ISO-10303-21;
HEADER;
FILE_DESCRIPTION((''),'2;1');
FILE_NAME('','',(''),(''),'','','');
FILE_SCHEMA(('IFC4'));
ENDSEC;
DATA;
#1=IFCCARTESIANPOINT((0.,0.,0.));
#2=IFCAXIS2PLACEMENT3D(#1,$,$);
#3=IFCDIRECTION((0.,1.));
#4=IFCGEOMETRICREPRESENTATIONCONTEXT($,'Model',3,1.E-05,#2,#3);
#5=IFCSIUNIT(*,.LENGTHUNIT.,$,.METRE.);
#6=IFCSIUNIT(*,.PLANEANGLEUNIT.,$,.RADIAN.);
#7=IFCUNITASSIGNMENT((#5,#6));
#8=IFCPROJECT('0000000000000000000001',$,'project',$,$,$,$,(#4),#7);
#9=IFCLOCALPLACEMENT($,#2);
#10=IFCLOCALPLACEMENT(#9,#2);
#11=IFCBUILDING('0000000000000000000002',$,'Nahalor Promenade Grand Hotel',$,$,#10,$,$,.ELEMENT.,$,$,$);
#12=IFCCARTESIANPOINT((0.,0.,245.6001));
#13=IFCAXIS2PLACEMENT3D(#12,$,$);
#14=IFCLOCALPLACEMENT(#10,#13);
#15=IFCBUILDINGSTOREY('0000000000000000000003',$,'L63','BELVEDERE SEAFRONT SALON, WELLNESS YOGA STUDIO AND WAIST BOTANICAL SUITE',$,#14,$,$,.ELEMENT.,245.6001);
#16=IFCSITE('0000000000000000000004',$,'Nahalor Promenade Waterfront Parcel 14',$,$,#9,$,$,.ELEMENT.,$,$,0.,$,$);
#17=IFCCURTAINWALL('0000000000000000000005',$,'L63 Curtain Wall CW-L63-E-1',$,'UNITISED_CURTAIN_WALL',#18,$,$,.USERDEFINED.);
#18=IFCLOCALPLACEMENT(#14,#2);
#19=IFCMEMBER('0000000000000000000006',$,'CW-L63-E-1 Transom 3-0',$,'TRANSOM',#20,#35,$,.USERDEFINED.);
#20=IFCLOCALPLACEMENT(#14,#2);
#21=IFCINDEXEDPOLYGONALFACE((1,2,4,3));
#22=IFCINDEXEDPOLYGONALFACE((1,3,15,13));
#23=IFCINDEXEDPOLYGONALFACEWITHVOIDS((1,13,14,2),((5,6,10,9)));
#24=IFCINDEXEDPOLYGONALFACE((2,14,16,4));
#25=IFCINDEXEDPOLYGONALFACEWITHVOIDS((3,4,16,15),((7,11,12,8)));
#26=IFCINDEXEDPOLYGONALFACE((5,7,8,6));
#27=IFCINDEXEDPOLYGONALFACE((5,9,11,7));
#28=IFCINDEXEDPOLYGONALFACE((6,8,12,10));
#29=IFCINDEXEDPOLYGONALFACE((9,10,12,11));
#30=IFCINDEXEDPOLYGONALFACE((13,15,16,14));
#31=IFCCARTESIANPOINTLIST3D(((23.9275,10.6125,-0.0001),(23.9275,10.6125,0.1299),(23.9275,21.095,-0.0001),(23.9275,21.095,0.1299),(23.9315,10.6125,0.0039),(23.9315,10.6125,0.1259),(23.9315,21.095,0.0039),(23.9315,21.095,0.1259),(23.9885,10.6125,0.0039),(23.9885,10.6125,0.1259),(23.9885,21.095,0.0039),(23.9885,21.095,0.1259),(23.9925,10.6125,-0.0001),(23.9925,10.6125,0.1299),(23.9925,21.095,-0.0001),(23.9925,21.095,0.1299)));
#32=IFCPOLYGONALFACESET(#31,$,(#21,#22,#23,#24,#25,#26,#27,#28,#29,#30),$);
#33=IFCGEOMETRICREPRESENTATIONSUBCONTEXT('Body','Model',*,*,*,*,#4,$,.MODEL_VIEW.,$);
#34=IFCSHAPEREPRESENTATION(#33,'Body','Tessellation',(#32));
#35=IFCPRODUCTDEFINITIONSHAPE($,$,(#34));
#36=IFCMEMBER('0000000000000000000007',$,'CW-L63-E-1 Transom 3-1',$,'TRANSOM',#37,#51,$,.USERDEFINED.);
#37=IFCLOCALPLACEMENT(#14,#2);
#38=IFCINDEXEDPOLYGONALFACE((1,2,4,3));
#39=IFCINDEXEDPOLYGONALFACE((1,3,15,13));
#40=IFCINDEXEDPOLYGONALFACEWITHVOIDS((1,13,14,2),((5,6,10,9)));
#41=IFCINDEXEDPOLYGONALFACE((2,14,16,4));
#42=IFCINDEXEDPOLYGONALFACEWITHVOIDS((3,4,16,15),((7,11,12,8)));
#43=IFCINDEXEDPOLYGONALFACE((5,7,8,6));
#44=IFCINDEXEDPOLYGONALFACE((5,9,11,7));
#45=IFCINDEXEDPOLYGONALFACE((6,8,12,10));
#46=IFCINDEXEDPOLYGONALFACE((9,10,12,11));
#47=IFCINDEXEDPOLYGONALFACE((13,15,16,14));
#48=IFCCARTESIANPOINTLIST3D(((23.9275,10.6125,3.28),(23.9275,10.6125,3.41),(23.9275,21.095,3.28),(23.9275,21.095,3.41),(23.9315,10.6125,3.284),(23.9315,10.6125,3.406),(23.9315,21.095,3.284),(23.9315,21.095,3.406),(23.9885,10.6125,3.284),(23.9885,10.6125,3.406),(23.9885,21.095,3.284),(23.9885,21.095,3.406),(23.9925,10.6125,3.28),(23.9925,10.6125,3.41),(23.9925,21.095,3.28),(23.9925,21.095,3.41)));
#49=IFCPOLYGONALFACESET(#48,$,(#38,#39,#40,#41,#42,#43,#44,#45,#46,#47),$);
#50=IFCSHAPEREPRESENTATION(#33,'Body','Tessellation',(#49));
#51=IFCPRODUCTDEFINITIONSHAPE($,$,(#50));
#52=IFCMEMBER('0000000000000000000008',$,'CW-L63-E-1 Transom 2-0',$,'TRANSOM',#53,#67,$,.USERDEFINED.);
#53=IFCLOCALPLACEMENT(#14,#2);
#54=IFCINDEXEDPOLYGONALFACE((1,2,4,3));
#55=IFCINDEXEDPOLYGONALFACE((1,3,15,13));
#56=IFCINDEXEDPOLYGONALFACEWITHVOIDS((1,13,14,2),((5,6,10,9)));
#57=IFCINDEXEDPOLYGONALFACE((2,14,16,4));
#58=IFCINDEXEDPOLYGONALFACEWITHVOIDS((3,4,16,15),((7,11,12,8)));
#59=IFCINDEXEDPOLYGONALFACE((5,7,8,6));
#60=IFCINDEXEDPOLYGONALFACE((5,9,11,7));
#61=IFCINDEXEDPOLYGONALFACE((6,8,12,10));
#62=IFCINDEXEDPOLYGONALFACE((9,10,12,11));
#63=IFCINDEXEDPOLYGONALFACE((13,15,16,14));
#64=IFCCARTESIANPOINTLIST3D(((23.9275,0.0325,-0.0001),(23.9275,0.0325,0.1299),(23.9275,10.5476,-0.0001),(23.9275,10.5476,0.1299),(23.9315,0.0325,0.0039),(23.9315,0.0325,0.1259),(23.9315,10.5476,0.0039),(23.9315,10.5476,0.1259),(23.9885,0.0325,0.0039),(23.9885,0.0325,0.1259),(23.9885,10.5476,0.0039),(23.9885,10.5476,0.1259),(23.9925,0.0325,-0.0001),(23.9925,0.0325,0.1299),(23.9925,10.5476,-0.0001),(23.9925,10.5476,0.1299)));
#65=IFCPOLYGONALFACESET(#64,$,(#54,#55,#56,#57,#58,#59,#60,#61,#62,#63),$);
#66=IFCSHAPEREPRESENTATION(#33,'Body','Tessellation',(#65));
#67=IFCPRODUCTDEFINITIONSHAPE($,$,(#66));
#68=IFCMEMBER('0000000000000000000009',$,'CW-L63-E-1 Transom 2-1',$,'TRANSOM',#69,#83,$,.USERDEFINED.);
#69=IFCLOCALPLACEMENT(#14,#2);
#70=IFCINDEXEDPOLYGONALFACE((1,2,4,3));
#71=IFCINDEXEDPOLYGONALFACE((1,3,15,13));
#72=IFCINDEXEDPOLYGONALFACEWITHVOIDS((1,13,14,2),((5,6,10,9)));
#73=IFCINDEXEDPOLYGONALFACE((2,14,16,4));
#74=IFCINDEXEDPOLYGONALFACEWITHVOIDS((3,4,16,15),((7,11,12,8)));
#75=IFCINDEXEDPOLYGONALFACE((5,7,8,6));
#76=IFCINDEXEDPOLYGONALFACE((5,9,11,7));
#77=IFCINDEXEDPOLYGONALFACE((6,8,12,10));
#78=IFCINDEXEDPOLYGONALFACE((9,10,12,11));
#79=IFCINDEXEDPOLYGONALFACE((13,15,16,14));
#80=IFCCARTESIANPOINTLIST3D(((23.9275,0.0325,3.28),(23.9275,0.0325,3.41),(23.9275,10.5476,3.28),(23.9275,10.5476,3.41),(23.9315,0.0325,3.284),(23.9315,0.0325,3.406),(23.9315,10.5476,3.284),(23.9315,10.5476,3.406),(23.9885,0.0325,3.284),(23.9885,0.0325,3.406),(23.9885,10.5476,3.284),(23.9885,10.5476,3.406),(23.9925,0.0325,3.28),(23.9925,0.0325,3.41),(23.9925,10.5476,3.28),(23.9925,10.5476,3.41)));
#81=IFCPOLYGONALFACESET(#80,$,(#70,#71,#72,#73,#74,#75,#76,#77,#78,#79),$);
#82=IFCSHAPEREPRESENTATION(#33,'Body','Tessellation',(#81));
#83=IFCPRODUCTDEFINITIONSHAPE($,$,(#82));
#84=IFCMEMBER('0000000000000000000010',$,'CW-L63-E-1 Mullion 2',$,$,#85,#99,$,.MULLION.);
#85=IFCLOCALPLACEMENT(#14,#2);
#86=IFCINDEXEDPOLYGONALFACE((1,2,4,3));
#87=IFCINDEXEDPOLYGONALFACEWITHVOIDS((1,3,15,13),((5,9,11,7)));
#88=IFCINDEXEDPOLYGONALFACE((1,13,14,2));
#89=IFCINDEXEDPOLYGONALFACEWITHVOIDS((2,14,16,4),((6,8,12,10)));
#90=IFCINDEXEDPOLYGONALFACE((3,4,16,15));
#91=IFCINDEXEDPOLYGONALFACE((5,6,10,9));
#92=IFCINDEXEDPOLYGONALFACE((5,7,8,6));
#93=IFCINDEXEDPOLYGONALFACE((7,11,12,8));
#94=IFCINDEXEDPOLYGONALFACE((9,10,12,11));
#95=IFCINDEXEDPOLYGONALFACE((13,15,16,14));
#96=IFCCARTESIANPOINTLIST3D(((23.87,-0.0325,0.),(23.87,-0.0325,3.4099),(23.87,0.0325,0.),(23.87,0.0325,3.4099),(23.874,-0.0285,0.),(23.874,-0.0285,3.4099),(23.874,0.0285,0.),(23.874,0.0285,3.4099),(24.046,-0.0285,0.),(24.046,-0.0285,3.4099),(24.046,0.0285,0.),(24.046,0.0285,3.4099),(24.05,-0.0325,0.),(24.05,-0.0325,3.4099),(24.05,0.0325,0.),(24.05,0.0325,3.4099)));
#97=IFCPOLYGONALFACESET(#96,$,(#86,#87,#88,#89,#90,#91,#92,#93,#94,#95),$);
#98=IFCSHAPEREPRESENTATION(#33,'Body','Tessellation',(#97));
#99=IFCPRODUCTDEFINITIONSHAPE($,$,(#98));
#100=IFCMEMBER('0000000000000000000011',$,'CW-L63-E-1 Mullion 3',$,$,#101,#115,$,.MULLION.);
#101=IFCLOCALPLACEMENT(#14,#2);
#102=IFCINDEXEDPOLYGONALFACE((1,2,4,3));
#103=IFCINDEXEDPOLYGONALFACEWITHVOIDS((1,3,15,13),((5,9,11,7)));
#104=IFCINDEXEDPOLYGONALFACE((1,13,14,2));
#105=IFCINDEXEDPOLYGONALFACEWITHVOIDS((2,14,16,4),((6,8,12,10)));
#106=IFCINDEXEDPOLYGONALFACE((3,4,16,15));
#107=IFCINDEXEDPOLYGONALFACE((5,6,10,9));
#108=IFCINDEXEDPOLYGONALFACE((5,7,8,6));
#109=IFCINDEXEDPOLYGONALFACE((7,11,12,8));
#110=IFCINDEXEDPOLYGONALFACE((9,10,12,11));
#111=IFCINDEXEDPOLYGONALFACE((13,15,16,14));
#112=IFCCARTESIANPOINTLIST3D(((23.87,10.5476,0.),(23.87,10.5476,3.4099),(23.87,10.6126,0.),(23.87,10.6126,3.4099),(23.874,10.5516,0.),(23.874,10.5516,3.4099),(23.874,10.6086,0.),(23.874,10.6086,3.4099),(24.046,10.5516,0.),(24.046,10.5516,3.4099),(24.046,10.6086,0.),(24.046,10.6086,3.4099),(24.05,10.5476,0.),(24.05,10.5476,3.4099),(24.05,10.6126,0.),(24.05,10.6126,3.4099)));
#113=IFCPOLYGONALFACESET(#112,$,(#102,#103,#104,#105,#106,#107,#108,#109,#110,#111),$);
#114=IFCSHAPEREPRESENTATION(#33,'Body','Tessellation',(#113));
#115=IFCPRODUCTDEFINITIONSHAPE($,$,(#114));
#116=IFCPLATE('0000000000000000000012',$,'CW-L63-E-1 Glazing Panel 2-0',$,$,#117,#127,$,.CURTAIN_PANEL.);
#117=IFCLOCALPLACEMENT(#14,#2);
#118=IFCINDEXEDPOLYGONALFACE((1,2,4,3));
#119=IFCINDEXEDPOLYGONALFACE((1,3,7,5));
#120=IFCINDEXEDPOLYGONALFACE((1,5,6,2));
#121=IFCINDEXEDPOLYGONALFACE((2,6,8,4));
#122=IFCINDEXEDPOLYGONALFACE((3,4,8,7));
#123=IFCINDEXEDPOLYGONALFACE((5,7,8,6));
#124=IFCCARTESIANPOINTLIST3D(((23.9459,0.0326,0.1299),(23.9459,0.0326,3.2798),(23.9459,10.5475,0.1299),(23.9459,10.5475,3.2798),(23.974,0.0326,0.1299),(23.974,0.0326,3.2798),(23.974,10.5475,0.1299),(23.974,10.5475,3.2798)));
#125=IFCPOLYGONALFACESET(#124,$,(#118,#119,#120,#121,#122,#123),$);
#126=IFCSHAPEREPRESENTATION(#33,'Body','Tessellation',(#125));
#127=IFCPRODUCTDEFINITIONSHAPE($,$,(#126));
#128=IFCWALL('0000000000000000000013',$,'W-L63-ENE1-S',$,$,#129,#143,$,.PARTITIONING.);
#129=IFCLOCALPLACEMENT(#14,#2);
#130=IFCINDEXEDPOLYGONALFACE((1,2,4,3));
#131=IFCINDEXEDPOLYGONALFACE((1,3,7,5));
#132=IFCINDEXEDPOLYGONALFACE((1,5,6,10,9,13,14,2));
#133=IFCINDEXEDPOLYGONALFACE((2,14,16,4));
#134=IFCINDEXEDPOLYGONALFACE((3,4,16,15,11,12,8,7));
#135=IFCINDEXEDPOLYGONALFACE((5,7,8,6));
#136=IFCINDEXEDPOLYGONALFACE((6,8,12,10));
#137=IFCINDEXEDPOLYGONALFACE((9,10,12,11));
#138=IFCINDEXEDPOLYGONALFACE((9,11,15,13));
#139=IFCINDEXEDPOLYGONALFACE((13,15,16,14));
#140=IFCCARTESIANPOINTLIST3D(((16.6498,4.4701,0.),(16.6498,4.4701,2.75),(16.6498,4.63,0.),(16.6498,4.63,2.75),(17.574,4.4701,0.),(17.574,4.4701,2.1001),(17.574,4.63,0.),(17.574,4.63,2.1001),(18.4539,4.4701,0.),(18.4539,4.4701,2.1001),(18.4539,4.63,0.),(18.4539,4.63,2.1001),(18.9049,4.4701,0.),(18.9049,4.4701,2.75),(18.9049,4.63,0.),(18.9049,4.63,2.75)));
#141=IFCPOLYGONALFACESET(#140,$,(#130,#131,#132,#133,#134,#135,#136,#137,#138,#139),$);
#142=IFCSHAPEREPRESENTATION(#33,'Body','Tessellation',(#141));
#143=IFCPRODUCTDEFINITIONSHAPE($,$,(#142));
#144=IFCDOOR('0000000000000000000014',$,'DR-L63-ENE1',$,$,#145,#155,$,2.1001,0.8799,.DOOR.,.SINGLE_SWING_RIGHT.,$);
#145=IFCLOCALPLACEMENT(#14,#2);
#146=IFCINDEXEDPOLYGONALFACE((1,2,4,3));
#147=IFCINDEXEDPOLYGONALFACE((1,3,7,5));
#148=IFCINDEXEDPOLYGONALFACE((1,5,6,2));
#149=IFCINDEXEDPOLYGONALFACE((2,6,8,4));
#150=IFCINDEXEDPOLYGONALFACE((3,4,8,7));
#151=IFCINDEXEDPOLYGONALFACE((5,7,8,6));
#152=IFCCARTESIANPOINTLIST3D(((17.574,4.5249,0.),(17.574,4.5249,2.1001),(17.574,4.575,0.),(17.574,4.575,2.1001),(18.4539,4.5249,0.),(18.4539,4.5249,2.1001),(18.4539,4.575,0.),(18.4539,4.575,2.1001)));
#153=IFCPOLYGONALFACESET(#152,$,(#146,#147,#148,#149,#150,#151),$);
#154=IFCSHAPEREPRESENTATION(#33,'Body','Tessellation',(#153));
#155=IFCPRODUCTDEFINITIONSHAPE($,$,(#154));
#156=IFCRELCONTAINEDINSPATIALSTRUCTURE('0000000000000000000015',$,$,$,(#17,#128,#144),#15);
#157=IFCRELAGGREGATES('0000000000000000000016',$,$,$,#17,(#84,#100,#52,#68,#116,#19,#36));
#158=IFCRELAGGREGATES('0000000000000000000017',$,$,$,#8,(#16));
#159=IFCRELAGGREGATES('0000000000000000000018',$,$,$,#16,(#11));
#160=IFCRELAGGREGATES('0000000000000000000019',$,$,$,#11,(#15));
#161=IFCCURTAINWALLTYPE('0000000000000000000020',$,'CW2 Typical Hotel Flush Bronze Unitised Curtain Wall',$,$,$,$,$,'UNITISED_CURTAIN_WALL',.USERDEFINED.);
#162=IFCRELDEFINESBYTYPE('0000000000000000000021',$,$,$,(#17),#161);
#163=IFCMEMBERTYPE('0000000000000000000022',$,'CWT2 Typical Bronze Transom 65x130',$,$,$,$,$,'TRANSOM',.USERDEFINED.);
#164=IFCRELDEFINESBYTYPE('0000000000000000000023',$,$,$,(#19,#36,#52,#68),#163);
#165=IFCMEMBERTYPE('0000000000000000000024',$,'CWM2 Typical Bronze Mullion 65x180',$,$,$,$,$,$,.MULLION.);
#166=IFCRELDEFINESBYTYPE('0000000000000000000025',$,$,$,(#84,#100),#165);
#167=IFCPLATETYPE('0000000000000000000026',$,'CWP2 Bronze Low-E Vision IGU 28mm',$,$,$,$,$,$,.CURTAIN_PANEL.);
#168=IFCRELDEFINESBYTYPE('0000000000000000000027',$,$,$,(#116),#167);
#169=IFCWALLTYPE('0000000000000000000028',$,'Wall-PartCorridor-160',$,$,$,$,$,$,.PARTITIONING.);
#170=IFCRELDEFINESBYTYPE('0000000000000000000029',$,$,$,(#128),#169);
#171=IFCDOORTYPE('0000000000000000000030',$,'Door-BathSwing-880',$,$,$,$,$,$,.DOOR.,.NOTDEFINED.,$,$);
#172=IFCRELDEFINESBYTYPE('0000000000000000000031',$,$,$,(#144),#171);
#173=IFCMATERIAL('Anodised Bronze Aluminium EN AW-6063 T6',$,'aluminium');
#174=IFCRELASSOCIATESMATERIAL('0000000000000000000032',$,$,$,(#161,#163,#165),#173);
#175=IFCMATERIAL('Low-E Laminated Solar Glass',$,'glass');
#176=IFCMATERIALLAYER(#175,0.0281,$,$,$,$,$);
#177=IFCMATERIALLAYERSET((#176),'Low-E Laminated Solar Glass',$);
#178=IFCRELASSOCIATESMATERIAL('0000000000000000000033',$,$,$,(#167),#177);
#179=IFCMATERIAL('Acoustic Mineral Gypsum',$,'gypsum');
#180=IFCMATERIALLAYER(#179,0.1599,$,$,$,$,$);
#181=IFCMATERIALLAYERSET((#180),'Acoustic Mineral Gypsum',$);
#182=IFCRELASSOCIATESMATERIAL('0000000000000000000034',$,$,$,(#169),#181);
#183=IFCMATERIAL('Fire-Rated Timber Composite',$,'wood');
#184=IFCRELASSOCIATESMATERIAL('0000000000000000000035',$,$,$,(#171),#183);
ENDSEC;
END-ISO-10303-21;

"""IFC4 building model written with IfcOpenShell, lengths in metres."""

from ifc_helpers import new_model, si_unit, direction, frame, frame_2d, origin, origin_2d, place, context, subcontext, project, spatial, rectangle, hollow_rectangle, extrude, source, transform, mapped, material, layer, layer_set, material_profile, profile_set, type_object, element, fill, aggregate, save


model = new_model("IFC4")

# Units and contexts
model_context = context("Model", 3, precision=1e-05, world=origin(), true_north=direction((0.0, 1.0)))
body_context = subcontext(model_context, "Body", "Model", "MODEL_VIEW")
ifc_project = project(units=[si_unit("LENGTHUNIT", "METRE"), si_unit("PLANEANGLEUNIT", "RADIAN")], contexts=[model_context])

# Site, building, storey
site_placement = place(None, origin())
site = spatial("IfcSite", under=ifc_project, at=site_placement, Name="Nahalor Promenade Waterfront Parcel 14", CompositionType="ELEMENT", RefElevation=0.0)
building_placement = place(site_placement, origin())
building = spatial("IfcBuilding", under=site, at=building_placement, Name="Nahalor Promenade Grand Hotel", CompositionType="ELEMENT")
storey_placement = place(building_placement, frame((0.0, 0.0, 245.6001)))
storey = spatial("IfcBuildingStorey", under=building, at=storey_placement, Name="L63", Description="BELVEDERE SEAFRONT SALON, WELLNESS YOGA STUDIO AND WAIST BOTANICAL SUITE", CompositionType="ELEMENT", Elevation=245.6001)

# Curtain wall, members, plate
ifc_material_1 = material(Name="Anodised Bronze Aluminium EN AW-6063 T6", Category="aluminium")
curtain_wall_type = type_object("IfcCurtainWallType", Name="CW2 Typical Hotel Flush Bronze Unitised Curtain Wall", ElementType="UNITISED_CURTAIN_WALL", PredefinedType="USERDEFINED", material=ifc_material_1)
curtain_wall_placement = place(storey_placement, origin())
curtain_wall = element("IfcCurtainWall", 1, at=curtain_wall_placement, inside=storey, type_object=curtain_wall_type, Name="L63 Curtain Wall CW-L63-E-1", ObjectType="UNITISED_CURTAIN_WALL", PredefinedType="USERDEFINED")
ifc_material_profile_1 = material_profile(ifc_material_1, hollow_rectangle(XDim=0.065, YDim=0.13, WallThickness=0.004, at=origin_2d()), Name="CWT 65x130x4")
ifc_profile_set_1 = profile_set([ifc_material_profile_1], Name="Anodised Bronze Aluminium EN AW-6063 T6")
member_type_1 = type_object("IfcMemberType", Name="CWT2 Typical Bronze Transom 65x130", ElementType="TRANSOM", PredefinedType="USERDEFINED", material=ifc_profile_set_1)
shared_shape_1 = source(origin(), body_context, "Body", "SweptSolid", [
    extrude(hollow_rectangle(XDim=0.065, YDim=0.13, WallThickness=0.004, at=origin_2d()), origin(), (0.0, 0.0, 1.0), 10.4824),
])
member_1_placement = place(storey_placement, frame((23.96, 10.6125, 0.0649), z_axis=(0.0, 1.0, 0.0), x_axis=(-1.0, 0.0, 0.0)))
member_1 = element("IfcMember", 2, at=member_1_placement, type_object=member_type_1, Name="CW-L63-E-1 Transom 3-0", ObjectType="TRANSOM", PredefinedType="USERDEFINED", context=body_context, shape_type="MappedRepresentation", body=[
    mapped(shared_shape_1, transform((0.0, 0.0, 0.0), scale=1.0)),
])
member_2_placement = place(storey_placement, frame((23.96, 10.6125, 3.345), z_axis=(0.0, 1.0, 0.0), x_axis=(-1.0, 0.0, 0.0)))
member_2 = element("IfcMember", 3, at=member_2_placement, type_object=member_type_1, Name="CW-L63-E-1 Transom 3-1", ObjectType="TRANSOM", PredefinedType="USERDEFINED", context=body_context, shape_type="MappedRepresentation", body=[
    mapped(shared_shape_1, transform((0.0, 0.0, 0.0), scale=1.0)),
])
shared_shape_2 = source(origin(), body_context, "Body", "SweptSolid", [
    extrude(hollow_rectangle(XDim=0.065, YDim=0.13, WallThickness=0.004, at=origin_2d()), origin(), (0.0, 0.0, 1.0), 10.5151),
])
member_3_placement = place(storey_placement, frame((23.96, 0.0325, 0.0649), z_axis=(0.0, 1.0, 0.0), x_axis=(-1.0, 0.0, 0.0)))
member_3 = element("IfcMember", 4, at=member_3_placement, type_object=member_type_1, Name="CW-L63-E-1 Transom 2-0", ObjectType="TRANSOM", PredefinedType="USERDEFINED", context=body_context, shape_type="MappedRepresentation", body=[
    mapped(shared_shape_2, transform((0.0, 0.0, 0.0), scale=1.0)),
])
member_4_placement = place(storey_placement, frame((23.96, 0.0325, 3.345), z_axis=(0.0, 1.0, 0.0), x_axis=(-1.0, 0.0, 0.0)))
member_4 = element("IfcMember", 5, at=member_4_placement, type_object=member_type_1, Name="CW-L63-E-1 Transom 2-1", ObjectType="TRANSOM", PredefinedType="USERDEFINED", context=body_context, shape_type="MappedRepresentation", body=[
    mapped(shared_shape_2, transform((0.0, 0.0, 0.0), scale=1.0)),
])
ifc_material_profile_2 = material_profile(ifc_material_1, hollow_rectangle(XDim=0.065, YDim=0.18, WallThickness=0.004, at=origin_2d()), Name="CWM 65x180x4")
ifc_profile_set_2 = profile_set([ifc_material_profile_2], Name="Anodised Bronze Aluminium EN AW-6063 T6")
member_type_2 = type_object("IfcMemberType", Name="CWM2 Typical Bronze Mullion 65x180", PredefinedType="MULLION", material=ifc_profile_set_2)
shared_shape_3 = source(origin(), body_context, "Body", "SweptSolid", [
    extrude(hollow_rectangle(XDim=0.065, YDim=0.18, WallThickness=0.004, at=origin_2d()), origin(), (0.0, 0.0, 1.0), 3.4099),
])
member_5_placement = place(storey_placement, frame((23.96, 0.0, 0.0), z_axis=(0.0, 0.0, 1.0), x_axis=(0.0, 1.0, 0.0)))
member_5 = element("IfcMember", 6, at=member_5_placement, type_object=member_type_2, Name="CW-L63-E-1 Mullion 2", PredefinedType="MULLION", context=body_context, shape_type="MappedRepresentation", body=[
    mapped(shared_shape_3, transform((0.0, 0.0, 0.0), scale=1.0)),
])
member_6_placement = place(storey_placement, frame((23.96, 10.5801, 0.0), z_axis=(0.0, 0.0, 1.0), x_axis=(0.0, 1.0, 0.0)))
member_6 = element("IfcMember", 7, at=member_6_placement, type_object=member_type_2, Name="CW-L63-E-1 Mullion 3", PredefinedType="MULLION", context=body_context, shape_type="MappedRepresentation", body=[
    mapped(shared_shape_3, transform((0.0, 0.0, 0.0), scale=1.0)),
])
ifc_material_2 = material(Name="Low-E Laminated Solar Glass", Category="glass")
ifc_layer_1 = layer(ifc_material_2, 0.0281)
ifc_layer_set_1 = layer_set([ifc_layer_1], Name="Low-E Laminated Solar Glass")
plate_type = type_object("IfcPlateType", Name="CWP2 Bronze Low-E Vision IGU 28mm", PredefinedType="CURTAIN_PANEL", material=ifc_layer_set_1)
shared_shape_4 = source(origin(), body_context, "Body", "SweptSolid", [
    extrude(rectangle(XDim=10.5149, YDim=0.0281, at=origin_2d()), origin(), (0.0, 0.0, 1.0), 3.1499),
])
plate_placement = place(storey_placement, frame((23.96, 5.29, 0.1299), z_axis=(0.0, 0.0, 1.0), x_axis=(0.0, 1.0, 0.0)))
plate = element("IfcPlate", 8, at=plate_placement, type_object=plate_type, Name="CW-L63-E-1 Glazing Panel 2-0", PredefinedType="CURTAIN_PANEL", context=body_context, shape_type="MappedRepresentation", body=[
    mapped(shared_shape_4, transform((0.0, 0.0, 0.0), scale=1.0)),
])
aggregate(curtain_wall, [member_5, member_6, member_3, member_4, plate, member_1, member_2])

# Wall, opening, door
ifc_material_3 = material(Name="Acoustic Mineral Gypsum", Category="gypsum")
ifc_layer_2 = layer(ifc_material_3, 0.1599)
ifc_layer_set_2 = layer_set([ifc_layer_2], Name="Acoustic Mineral Gypsum")
wall_type = type_object("IfcWallType", Name="Wall-PartCorridor-160", PredefinedType="PARTITIONING", material=ifc_layer_set_2)
shared_shape_5 = source(origin(), body_context, "Body", "SweptSolid", [
    extrude(rectangle(XDim=2.2551, YDim=0.1599, at=frame_2d((1.1274, 0.0))), origin(), (0.0, 0.0, 1.0), 2.75),
])
wall_1_placement = place(storey_placement, frame((16.6499, 4.55, 0.0), z_axis=(0.0, 0.0, 1.0), x_axis=(1.0, 0.0, 0.0)))
wall_1 = element("IfcWall", 9, at=wall_1_placement, inside=storey, type_object=wall_type, Name="W-L63-ENE1-S", PredefinedType="PARTITIONING", context=body_context, shape_type="MappedRepresentation", body=[
    mapped(shared_shape_5, transform((0.0, 0.0, 0.0), scale=1.0)),
])
opening_1_placement = place(wall_1_placement, frame((0.9241, 0.0, 0.0)))
opening_1 = element("IfcOpeningElement", 10, at=opening_1_placement, cuts=wall_1, PredefinedType="OPENING", context=body_context, shape_type="SweptSolid", body=[
    extrude(rectangle(XDim=0.8799, YDim=2.1001, at=frame_2d((0.4399, 1.05))), frame((0.0, 0.0898, 0.0), z_axis=(0.0, -1.0, 0.0), x_axis=(1.0, 0.0, 0.0)), (0.0, 0.0, 1.0), 0.1799),
])
ifc_material_4 = material(Name="Fire-Rated Timber Composite", Category="wood")
door_type = type_object("IfcDoorType", Name="Door-BathSwing-880", OperationType="NOTDEFINED", PredefinedType="DOOR", material=ifc_material_4)
shared_shape_6 = source(origin(), body_context, "Body", "SweptSolid", [
    extrude(rectangle(XDim=0.8799, YDim=2.1001, at=frame_2d((0.4399, 1.05))), frame((0.0, 0.0249, 0.0), z_axis=(0.0, -1.0, 0.0), x_axis=(1.0, 0.0, 0.0)), (0.0, 0.0, 1.0), 0.05),
])
door_1_placement = place(opening_1_placement, origin())
door_1 = element("IfcDoor", 11, at=door_1_placement, inside=storey, type_object=door_type, Name="DR-L63-ENE1", OperationType="SINGLE_SWING_RIGHT", OverallHeight=2.1001, OverallWidth=0.8799, PredefinedType="DOOR", context=body_context, shape_type="MappedRepresentation", body=[
    mapped(shared_shape_6, transform((0.0, 0.0, 0.0), scale=1.0)),
])
fill(opening_1, door_1)

save(model, "model.ifc")
